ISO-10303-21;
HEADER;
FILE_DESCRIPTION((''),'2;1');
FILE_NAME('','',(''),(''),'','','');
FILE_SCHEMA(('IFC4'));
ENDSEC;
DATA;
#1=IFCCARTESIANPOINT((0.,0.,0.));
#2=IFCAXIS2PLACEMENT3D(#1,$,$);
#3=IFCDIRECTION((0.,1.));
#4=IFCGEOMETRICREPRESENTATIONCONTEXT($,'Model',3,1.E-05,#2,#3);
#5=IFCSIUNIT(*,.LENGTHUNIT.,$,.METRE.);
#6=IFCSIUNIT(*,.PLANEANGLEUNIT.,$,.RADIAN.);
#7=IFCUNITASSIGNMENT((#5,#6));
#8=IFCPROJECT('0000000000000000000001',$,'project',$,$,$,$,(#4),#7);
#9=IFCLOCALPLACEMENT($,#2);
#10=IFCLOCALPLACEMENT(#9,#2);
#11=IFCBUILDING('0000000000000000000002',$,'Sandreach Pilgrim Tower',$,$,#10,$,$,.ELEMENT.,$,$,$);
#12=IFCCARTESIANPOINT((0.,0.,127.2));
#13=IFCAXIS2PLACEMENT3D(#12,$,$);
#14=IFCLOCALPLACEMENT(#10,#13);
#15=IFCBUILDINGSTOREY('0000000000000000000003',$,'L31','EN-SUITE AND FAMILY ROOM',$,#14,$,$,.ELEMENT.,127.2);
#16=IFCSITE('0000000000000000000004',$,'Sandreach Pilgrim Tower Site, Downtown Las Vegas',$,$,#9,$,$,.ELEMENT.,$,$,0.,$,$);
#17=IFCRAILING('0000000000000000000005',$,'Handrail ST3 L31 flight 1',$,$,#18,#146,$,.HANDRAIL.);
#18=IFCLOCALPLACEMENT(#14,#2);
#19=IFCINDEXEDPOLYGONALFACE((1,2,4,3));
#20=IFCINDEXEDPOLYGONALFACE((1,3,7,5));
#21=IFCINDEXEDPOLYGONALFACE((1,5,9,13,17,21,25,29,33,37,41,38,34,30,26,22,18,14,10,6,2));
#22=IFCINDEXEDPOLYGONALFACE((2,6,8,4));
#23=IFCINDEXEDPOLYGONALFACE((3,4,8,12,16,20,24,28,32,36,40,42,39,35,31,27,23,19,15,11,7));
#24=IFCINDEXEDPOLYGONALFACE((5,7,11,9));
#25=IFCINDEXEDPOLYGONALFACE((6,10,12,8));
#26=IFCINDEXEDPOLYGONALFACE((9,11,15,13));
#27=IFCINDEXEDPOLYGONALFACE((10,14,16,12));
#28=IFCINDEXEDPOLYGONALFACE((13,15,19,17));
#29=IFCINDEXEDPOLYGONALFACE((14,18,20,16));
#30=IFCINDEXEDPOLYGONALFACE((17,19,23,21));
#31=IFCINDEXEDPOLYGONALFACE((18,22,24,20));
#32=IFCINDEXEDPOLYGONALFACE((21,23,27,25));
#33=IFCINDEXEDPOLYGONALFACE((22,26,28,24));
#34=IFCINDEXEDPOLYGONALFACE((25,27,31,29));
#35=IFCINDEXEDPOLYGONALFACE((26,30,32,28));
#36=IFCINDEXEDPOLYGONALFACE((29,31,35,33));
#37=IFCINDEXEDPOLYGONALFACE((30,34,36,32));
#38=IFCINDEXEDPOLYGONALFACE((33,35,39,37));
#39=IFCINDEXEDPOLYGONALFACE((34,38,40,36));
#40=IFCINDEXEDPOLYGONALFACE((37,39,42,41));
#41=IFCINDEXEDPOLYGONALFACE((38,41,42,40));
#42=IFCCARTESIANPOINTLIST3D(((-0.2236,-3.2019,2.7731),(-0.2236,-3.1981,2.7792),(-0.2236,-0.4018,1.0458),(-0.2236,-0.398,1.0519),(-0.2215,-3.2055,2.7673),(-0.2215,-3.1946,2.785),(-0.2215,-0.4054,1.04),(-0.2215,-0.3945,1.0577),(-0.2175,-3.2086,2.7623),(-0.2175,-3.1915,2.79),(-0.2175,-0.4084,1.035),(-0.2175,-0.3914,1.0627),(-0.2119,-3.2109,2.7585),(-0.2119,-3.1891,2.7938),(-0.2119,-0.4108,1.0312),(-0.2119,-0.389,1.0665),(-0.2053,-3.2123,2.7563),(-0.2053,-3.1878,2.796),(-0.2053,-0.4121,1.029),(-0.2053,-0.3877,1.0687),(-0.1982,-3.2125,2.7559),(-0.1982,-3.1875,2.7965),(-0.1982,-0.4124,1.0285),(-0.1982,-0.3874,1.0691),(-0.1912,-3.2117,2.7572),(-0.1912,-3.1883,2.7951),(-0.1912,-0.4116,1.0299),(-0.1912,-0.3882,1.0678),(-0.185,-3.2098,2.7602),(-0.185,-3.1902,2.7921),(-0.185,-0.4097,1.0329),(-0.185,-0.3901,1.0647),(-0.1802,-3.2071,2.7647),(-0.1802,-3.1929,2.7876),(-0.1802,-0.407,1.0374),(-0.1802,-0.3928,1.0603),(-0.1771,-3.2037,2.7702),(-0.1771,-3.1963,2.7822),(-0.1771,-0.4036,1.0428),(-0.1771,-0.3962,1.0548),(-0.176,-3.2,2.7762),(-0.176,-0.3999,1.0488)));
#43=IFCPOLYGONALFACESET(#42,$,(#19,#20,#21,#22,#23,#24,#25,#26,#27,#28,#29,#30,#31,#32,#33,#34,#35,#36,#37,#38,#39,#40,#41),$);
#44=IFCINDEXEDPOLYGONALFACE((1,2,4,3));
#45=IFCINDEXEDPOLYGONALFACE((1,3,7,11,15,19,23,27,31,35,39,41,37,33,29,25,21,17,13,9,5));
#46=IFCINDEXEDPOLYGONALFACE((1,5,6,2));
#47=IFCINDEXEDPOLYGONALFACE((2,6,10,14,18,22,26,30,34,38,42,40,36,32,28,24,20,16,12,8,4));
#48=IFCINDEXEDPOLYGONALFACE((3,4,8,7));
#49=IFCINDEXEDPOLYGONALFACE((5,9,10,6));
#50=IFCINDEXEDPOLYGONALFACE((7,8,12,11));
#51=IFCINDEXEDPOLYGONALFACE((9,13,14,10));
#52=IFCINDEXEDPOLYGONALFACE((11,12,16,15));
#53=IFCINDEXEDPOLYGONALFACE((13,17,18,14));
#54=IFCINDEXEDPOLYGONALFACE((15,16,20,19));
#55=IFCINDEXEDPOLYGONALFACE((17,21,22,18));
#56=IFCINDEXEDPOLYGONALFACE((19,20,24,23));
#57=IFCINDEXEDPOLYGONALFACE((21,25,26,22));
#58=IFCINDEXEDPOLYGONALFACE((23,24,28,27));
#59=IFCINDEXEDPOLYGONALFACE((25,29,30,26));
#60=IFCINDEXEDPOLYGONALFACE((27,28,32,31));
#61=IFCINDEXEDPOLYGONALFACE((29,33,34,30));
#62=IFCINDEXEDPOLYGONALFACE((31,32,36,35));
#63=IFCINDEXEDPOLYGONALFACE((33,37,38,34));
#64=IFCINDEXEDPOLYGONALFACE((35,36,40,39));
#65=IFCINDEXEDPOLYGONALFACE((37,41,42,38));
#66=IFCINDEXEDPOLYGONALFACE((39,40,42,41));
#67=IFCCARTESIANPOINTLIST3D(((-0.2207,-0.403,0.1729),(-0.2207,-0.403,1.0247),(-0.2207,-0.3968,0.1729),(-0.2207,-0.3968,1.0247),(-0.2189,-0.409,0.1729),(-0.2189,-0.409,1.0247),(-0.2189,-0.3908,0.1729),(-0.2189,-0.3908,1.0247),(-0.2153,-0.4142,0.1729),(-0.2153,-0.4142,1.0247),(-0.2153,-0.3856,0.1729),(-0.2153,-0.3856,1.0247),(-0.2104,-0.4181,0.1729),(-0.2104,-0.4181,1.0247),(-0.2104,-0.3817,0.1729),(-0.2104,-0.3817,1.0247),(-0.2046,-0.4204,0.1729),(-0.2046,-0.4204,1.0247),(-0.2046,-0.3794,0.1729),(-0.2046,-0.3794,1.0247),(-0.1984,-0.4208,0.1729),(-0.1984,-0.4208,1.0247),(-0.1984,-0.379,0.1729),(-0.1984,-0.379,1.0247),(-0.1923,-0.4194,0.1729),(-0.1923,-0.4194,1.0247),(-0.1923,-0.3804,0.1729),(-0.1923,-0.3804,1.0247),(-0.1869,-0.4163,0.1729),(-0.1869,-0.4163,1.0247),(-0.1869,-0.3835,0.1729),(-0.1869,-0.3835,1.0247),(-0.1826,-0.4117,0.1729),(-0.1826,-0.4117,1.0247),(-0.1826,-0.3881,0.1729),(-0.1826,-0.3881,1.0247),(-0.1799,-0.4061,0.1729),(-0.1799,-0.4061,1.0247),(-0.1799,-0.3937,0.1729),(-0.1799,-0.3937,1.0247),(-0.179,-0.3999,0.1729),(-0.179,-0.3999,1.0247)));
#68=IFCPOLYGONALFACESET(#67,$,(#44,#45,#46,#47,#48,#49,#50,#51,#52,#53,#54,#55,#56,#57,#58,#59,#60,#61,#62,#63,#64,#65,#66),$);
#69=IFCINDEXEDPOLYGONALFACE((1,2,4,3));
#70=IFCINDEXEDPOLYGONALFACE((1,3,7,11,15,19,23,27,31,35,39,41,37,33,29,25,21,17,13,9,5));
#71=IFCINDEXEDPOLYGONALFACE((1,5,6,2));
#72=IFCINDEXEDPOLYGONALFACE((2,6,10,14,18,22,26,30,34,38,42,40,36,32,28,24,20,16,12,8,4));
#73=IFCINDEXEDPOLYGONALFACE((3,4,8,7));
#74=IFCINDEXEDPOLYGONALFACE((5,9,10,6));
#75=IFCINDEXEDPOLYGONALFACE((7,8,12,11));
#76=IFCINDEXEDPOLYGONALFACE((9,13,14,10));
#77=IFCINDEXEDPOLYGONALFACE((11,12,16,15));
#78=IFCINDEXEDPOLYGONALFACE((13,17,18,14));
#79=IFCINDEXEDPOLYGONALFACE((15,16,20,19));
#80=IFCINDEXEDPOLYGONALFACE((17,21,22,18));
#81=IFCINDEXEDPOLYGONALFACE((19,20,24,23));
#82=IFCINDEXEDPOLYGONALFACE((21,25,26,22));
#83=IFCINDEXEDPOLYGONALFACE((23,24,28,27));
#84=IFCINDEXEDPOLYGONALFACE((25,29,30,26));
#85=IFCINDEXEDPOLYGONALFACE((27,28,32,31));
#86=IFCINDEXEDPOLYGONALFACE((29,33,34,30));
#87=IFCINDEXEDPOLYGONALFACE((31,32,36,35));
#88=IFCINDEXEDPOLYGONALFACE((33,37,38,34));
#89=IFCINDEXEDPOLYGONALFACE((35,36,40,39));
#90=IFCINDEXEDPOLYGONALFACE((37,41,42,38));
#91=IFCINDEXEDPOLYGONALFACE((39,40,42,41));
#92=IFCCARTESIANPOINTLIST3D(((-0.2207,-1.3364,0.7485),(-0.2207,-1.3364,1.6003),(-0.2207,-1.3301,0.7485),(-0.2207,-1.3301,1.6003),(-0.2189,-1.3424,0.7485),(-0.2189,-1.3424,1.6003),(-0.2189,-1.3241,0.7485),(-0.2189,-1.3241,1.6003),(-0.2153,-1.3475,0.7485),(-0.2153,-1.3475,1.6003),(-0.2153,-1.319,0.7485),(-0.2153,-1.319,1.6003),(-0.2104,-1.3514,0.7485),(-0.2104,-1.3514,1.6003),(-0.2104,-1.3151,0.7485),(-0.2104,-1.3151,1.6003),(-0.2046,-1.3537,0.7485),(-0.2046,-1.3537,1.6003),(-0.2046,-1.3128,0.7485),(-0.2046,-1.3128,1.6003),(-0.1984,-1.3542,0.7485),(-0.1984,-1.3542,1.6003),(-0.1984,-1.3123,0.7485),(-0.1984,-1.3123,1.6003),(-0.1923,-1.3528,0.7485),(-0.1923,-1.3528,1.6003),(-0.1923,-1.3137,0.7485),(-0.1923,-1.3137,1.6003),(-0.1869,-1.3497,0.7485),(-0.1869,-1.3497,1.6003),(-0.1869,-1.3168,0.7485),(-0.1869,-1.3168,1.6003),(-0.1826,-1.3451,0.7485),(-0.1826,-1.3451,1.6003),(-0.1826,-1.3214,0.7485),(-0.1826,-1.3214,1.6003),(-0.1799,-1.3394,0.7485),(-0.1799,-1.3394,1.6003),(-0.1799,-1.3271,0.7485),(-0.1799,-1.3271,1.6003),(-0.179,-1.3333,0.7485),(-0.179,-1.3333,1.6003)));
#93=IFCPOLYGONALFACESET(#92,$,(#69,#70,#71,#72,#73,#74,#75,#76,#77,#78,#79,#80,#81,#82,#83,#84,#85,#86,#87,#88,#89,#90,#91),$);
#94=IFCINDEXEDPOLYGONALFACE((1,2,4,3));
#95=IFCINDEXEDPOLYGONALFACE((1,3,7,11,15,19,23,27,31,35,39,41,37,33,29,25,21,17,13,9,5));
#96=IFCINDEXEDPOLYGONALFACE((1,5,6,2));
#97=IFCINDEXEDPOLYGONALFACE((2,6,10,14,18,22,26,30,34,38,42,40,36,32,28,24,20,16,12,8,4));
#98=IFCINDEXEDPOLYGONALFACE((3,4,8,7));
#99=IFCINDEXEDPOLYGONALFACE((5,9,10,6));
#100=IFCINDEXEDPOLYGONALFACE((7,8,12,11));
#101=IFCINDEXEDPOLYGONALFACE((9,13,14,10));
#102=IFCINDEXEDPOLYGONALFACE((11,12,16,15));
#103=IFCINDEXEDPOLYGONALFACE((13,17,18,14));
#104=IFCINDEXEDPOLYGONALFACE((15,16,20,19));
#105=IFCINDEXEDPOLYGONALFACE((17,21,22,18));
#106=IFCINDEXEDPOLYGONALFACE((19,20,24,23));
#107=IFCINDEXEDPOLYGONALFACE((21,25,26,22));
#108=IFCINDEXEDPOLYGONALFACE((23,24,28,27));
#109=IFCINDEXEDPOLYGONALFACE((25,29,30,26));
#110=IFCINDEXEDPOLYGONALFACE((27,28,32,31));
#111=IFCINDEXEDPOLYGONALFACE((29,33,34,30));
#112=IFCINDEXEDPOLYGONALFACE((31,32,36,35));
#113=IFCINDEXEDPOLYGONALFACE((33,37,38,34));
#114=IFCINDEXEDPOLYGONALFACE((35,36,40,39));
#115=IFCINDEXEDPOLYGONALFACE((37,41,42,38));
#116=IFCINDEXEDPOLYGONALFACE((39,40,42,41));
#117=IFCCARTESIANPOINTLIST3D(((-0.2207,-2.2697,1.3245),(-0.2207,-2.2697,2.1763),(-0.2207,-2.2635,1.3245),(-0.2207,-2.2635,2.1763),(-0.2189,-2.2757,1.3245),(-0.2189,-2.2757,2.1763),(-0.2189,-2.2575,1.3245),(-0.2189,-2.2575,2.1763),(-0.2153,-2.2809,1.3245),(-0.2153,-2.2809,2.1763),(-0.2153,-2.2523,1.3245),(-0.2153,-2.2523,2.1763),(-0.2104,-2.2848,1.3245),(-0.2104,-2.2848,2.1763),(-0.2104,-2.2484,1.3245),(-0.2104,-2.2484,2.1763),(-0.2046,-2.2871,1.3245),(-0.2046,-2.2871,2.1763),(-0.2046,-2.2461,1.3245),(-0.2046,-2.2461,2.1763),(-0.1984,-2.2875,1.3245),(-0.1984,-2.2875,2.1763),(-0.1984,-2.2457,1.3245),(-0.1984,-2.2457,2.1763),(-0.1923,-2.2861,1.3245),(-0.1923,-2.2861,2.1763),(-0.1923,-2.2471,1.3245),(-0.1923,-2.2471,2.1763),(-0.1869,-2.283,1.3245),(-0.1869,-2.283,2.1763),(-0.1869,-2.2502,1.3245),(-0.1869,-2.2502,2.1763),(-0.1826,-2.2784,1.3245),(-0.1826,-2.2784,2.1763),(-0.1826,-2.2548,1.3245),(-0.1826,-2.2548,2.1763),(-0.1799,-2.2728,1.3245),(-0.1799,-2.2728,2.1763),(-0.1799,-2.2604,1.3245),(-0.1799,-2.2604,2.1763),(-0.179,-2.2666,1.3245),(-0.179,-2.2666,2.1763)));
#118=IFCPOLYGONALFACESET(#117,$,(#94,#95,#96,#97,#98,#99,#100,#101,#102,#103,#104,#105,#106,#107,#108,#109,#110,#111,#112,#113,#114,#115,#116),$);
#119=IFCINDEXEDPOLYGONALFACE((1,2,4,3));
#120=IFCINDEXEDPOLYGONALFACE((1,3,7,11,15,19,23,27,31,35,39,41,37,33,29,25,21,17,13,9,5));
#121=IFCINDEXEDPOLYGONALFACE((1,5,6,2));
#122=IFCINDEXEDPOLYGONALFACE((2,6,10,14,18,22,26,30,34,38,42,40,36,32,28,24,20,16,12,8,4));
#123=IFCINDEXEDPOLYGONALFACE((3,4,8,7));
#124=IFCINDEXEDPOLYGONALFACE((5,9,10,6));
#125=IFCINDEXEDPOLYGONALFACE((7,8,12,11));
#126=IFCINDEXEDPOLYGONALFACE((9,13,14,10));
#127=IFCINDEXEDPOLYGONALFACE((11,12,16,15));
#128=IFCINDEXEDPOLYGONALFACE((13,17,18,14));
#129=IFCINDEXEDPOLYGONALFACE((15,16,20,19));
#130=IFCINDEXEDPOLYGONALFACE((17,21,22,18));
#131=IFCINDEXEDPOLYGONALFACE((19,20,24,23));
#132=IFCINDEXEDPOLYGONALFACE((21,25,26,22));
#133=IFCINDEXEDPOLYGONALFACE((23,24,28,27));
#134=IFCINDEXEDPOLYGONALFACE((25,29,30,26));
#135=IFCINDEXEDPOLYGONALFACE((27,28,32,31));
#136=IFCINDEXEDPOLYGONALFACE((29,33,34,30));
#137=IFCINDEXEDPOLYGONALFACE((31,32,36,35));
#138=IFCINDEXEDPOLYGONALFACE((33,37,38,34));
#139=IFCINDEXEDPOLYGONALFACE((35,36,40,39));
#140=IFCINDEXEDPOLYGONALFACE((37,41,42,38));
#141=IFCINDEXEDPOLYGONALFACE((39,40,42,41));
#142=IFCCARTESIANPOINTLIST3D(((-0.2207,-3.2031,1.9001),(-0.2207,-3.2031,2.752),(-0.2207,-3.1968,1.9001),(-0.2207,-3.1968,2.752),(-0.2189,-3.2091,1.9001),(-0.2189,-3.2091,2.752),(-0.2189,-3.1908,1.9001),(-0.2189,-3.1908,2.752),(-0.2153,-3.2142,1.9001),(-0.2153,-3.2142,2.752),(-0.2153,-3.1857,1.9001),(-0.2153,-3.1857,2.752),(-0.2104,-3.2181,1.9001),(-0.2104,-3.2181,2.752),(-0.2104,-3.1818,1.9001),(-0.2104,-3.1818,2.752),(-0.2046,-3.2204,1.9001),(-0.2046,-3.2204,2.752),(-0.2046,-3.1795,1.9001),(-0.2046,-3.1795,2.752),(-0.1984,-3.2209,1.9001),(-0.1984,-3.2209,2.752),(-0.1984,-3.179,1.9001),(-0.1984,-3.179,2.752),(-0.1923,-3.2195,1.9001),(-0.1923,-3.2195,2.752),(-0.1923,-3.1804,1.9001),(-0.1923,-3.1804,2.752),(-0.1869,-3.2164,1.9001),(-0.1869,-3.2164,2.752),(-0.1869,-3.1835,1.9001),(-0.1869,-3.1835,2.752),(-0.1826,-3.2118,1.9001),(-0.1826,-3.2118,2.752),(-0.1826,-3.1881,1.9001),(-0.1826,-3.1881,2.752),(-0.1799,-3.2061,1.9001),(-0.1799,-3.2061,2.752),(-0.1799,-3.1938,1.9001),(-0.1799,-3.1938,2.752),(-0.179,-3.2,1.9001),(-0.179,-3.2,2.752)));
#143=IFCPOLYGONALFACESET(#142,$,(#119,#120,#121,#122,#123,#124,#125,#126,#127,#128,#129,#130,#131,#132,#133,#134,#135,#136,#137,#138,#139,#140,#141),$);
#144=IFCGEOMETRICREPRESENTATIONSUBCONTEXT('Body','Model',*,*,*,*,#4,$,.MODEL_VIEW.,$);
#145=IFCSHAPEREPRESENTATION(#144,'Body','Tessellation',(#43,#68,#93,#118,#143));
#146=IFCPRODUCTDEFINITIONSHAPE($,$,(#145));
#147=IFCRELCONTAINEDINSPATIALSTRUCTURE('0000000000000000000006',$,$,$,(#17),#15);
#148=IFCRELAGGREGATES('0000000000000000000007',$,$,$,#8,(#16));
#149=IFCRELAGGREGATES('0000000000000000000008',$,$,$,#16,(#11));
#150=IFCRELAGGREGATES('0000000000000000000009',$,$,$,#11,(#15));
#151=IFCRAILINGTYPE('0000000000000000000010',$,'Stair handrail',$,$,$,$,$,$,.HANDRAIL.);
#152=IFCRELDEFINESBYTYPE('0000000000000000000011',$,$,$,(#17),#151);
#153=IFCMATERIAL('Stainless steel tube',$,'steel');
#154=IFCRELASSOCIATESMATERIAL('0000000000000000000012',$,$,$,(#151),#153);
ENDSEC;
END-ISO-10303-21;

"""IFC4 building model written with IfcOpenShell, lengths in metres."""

from ifc_helpers import new_model, si_unit, direction, frame, origin, origin_2d, place, context, subcontext, project, spatial, circle, extrude, material, type_object, element, save


model = new_model("IFC4")

# Units and contexts
model_context = context("Model", 3, precision=1e-05, world=origin(), true_north=direction((0.0, 1.0)))
body_context = subcontext(model_context, "Body", "Model", "MODEL_VIEW")
ifc_project = project(units=[si_unit("LENGTHUNIT", "METRE"), si_unit("PLANEANGLEUNIT", "RADIAN")], contexts=[model_context])

# Site, building, storey
site_placement = place(None, origin())
site = spatial("IfcSite", under=ifc_project, at=site_placement, Name="Sandreach Pilgrim Tower Site, Downtown Las Vegas", CompositionType="ELEMENT", RefElevation=0.0)
building_placement = place(site_placement, origin())
building = spatial("IfcBuilding", under=site, at=building_placement, Name="Sandreach Pilgrim Tower", CompositionType="ELEMENT")
storey_placement = place(building_placement, frame((0.0, 0.0, 127.2)))
storey = spatial("IfcBuildingStorey", under=building, at=storey_placement, Name="L31", Description="EN-SUITE AND FAMILY ROOM", CompositionType="ELEMENT", Elevation=127.2)

# Railing
ifc_material_1 = material(Name="Stainless steel tube", Category="steel")
railing_type = type_object("IfcRailingType", Name="Stair handrail", PredefinedType="HANDRAIL", material=ifc_material_1)
for number, where, name in (
    (1, (-0.2, -0.3999, 0.1729), "Handrail ST3 L31 flight 1"),
):
    element("IfcRailing", number, at=place(storey_placement, frame(where)), inside=storey, type_object=railing_type, Name=name, PredefinedType="HANDRAIL", context=body_context, shape_type="SweptSolid", body=[
        extrude(circle(Radius=0.0239, at=origin_2d()), frame((0.0, 0.0, 0.876), z_axis=(0.0, -0.85109, 0.52502), x_axis=(1.0, 0.0, 0.0)), (0.0, 0.0, 1.0), 3.29),
        extrude(circle(Radius=0.021, at=origin_2d()), origin(), (0.0, 0.0, 1.0), 0.8518),
        extrude(circle(Radius=0.021, at=origin_2d()), frame((0.0, -0.9333, 0.5757)), (0.0, 0.0, 1.0), 0.8518),
        extrude(circle(Radius=0.021, at=origin_2d()), frame((0.0, -1.8667, 1.1516)), (0.0, 0.0, 1.0), 0.8518),
        extrude(circle(Radius=0.021, at=origin_2d()), frame((0.0, -2.8, 1.7273)), (0.0, 0.0, 1.0), 0.8518),
    ])

save(model, "model.ifc")
